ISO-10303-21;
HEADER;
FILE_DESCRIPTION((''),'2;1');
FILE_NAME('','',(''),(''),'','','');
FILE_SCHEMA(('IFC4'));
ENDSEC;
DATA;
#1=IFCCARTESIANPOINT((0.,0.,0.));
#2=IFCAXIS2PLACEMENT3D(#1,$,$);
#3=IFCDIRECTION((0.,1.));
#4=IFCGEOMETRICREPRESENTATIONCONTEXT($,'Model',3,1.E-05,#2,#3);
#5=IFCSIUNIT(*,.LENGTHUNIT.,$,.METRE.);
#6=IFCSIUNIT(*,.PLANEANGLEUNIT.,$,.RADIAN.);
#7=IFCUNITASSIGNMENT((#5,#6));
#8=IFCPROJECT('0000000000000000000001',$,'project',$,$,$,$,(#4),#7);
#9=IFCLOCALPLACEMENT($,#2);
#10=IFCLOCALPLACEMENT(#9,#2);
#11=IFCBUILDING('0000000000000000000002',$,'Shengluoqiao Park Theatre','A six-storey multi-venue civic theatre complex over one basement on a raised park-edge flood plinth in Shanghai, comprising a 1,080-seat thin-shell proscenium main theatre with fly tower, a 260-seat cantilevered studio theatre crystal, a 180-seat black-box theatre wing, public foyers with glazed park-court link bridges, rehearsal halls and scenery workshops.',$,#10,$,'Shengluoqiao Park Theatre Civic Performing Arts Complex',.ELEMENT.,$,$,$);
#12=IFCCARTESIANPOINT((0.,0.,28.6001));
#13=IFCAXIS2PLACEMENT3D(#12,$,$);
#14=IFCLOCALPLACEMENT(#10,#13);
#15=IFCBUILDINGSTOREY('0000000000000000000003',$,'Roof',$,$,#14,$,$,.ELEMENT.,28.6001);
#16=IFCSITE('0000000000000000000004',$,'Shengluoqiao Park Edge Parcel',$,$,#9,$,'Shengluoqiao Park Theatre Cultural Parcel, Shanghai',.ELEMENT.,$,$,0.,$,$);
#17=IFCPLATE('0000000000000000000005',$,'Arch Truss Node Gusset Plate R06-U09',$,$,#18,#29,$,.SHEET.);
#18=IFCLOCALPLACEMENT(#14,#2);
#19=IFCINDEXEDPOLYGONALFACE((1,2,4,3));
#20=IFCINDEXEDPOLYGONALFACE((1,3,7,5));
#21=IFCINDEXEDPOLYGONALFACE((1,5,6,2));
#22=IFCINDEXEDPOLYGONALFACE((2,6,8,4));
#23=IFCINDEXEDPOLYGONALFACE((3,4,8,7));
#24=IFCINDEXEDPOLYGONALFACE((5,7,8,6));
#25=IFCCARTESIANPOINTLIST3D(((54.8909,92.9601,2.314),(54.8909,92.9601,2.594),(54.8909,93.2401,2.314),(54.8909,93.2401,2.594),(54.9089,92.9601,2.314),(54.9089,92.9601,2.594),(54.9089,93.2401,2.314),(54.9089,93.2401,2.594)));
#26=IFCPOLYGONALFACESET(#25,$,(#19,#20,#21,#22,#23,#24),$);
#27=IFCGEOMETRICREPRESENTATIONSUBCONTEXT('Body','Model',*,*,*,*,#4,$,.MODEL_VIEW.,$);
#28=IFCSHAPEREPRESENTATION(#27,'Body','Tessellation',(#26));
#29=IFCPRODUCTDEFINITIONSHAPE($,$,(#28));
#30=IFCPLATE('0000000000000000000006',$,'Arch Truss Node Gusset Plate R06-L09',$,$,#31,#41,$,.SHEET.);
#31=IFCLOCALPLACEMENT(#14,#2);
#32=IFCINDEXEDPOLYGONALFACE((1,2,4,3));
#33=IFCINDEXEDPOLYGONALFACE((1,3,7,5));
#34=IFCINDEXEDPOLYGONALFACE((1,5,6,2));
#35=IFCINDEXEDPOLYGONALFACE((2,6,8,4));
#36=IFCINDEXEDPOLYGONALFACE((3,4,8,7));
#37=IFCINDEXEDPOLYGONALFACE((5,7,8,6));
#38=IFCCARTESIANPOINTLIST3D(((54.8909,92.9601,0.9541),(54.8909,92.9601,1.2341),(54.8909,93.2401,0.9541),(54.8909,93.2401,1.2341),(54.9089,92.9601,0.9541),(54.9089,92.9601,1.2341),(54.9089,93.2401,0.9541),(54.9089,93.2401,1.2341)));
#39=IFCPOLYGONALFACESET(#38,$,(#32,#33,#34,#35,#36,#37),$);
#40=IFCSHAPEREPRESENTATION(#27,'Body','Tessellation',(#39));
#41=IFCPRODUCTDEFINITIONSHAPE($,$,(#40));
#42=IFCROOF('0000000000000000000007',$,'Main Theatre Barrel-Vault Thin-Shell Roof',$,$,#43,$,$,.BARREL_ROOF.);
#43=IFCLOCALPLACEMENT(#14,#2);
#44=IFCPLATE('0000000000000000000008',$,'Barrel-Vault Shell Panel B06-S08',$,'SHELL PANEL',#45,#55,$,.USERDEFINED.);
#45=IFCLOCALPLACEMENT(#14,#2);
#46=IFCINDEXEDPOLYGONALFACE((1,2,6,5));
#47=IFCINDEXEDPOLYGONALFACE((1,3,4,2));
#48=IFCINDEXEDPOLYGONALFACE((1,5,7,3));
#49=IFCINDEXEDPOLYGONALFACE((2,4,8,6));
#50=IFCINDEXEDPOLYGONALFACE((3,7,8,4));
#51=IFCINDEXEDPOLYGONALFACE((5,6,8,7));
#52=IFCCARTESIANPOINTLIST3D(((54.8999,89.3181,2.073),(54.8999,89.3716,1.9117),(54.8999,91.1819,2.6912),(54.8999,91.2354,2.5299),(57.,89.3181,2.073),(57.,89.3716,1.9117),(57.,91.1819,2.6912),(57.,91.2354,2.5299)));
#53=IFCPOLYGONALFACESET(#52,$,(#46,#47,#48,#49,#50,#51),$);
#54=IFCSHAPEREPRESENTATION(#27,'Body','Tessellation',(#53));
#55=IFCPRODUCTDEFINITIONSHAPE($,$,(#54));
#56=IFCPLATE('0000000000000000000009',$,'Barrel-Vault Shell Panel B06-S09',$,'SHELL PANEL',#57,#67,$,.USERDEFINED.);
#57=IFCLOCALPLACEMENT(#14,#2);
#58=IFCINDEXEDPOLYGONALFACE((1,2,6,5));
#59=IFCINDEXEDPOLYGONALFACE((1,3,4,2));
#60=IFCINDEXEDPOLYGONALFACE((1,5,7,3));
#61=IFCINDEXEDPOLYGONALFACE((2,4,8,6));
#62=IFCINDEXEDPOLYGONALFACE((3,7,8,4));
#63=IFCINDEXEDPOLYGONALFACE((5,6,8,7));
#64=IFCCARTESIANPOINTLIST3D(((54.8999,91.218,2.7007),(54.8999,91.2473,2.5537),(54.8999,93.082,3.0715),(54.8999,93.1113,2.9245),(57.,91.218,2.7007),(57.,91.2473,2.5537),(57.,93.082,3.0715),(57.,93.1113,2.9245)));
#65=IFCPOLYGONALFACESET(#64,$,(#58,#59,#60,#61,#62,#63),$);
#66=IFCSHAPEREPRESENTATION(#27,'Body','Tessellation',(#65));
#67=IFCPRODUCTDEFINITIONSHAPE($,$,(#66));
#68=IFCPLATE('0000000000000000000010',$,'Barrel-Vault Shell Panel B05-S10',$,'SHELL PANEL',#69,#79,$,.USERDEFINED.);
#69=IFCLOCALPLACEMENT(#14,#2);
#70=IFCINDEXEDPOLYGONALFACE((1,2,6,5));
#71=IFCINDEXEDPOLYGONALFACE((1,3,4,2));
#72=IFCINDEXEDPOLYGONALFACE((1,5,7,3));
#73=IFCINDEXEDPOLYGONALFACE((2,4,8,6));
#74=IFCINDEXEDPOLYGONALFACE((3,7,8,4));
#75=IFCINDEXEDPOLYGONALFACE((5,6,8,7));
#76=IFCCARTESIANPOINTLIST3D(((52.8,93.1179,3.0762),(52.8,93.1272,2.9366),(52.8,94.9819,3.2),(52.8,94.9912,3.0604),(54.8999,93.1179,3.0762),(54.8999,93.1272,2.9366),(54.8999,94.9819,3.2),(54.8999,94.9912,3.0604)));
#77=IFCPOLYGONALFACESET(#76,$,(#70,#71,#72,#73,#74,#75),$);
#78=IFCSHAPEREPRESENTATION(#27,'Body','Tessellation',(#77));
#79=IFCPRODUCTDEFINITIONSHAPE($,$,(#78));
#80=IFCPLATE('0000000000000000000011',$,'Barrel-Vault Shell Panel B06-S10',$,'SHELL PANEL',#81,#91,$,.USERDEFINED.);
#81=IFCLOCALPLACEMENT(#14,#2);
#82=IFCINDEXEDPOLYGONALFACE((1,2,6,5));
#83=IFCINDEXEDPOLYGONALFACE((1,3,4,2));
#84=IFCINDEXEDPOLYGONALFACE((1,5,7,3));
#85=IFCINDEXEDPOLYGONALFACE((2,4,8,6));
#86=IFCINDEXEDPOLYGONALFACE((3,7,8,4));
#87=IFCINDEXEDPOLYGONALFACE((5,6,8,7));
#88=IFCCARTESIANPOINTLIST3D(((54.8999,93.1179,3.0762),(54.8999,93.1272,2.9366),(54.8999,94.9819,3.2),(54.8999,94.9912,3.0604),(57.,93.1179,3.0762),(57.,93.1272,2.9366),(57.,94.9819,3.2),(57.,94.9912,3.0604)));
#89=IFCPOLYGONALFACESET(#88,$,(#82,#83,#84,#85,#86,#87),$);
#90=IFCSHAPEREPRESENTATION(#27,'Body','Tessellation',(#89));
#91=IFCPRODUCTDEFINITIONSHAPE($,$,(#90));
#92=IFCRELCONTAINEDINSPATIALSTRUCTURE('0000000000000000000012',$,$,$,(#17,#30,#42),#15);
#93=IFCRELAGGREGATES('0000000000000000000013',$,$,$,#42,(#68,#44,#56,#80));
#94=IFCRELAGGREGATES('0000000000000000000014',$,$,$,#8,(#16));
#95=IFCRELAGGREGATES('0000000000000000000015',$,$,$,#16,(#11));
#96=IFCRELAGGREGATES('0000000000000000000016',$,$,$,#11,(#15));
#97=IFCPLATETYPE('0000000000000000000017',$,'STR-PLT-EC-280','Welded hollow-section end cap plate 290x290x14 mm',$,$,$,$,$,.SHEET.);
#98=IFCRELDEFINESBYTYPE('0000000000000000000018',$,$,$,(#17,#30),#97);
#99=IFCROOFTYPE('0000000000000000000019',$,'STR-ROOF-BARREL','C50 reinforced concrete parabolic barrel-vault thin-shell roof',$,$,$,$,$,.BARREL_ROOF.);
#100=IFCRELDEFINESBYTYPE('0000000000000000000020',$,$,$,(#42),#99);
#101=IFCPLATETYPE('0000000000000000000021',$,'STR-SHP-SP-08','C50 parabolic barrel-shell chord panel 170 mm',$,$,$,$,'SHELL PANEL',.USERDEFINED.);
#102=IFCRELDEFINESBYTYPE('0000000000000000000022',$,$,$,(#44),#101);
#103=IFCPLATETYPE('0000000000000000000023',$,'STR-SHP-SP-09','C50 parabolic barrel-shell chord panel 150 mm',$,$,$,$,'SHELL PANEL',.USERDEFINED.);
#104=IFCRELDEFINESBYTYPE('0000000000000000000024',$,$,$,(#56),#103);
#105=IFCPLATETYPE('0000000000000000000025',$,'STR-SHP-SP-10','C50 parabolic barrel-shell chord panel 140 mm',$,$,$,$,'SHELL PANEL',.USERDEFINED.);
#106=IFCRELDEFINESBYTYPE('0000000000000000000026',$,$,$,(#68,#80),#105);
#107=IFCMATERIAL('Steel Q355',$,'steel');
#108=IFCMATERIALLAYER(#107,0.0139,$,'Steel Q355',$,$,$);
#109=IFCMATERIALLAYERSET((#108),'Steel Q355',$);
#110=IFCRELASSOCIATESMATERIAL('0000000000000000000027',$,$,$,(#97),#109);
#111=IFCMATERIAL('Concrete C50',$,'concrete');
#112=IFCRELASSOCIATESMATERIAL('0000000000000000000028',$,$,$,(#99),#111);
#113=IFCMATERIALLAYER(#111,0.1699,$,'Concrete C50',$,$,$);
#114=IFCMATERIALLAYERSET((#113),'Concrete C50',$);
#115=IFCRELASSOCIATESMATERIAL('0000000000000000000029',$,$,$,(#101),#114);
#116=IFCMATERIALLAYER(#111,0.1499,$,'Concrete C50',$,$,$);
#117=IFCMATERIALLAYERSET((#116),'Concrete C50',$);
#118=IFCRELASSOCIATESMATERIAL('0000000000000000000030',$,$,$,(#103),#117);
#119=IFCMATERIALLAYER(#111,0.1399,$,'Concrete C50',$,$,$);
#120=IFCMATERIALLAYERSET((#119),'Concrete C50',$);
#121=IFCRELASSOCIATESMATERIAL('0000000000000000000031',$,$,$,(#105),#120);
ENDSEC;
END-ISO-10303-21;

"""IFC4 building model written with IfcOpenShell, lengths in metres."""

from ifc_helpers import new_model, si_unit, direction, frame, origin, origin_2d, place, context, subcontext, project, spatial, polyline, rectangle, outline, extrude, material, layer, layer_set, type_object, element, aggregate, save


model = new_model("IFC4")

# Units and contexts
model_context = context("Model", 3, precision=1e-05, world=origin(), true_north=direction((0.0, 1.0)))
body_context = subcontext(model_context, "Body", "Model", "MODEL_VIEW")
ifc_project = project(units=[si_unit("LENGTHUNIT", "METRE"), si_unit("PLANEANGLEUNIT", "RADIAN")], contexts=[model_context])

# Site, building, storey
site_placement = place(None, origin())
site = spatial("IfcSite", under=ifc_project, at=site_placement, Name="Shengluoqiao Park Edge Parcel", LongName="Shengluoqiao Park Theatre Cultural Parcel, Shanghai", CompositionType="ELEMENT", RefElevation=0.0)
building_placement = place(site_placement, origin())
building = spatial("IfcBuilding", under=site, at=building_placement, Name="Shengluoqiao Park Theatre", Description="A six-storey multi-venue civic theatre complex over one basement on a raised park-edge flood plinth in Shanghai, comprising a 1,080-seat thin-shell proscenium main theatre with fly tower, a 260-seat cantilevered studio theatre crystal, a 180-seat black-box theatre wing, public foyers with glazed park-court link bridges, rehearsal halls and scenery workshops.", LongName="Shengluoqiao Park Theatre Civic Performing Arts Complex", CompositionType="ELEMENT")
storey_placement = place(building_placement, frame((0.0, 0.0, 28.6001)))
storey = spatial("IfcBuildingStorey", under=building, at=storey_placement, Name="Roof", CompositionType="ELEMENT", Elevation=28.6001)

# Shared definitions
ifc_material_1 = material(Name="Concrete C50", Category="concrete")
ifc_material_2 = material(Name="Steel Q355", Category="steel")

# Plates
ifc_layer_1 = layer(ifc_material_2, 0.0139, Name="Steel Q355")
ifc_layer_set_1 = layer_set([ifc_layer_1], Name="Steel Q355")
plate_type_1 = type_object("IfcPlateType", Name="STR-PLT-EC-280", Description="Welded hollow-section end cap plate 290x290x14 mm", PredefinedType="SHEET", material=ifc_layer_set_1)
for number, where, z_axis, x_axis, name in (
    (1, (54.8999, 93.1001, 2.314), (0.0, 0.0, 1.0), (1.0, 0.0, 0.0), "Arch Truss Node Gusset Plate R06-U09"),
    (2, (54.8999, 93.1001, 0.9541), (0.0, 0.0, 1.0), (1.0, 0.0, 0.0), "Arch Truss Node Gusset Plate R06-L09"),
):
    element("IfcPlate", number, at=place(storey_placement, frame(where, z_axis=z_axis, x_axis=x_axis)), inside=storey, type_object=plate_type_1, Name=name, PredefinedType="SHEET", context=body_context, shape_type="SweptSolid", body=[
        extrude(rectangle(XDim=0.0181, YDim=0.28, at=origin_2d()), origin(), (0.0, 0.0, 1.0), 0.28),
    ])

# Roof, plates
roof_type = type_object("IfcRoofType", Name="STR-ROOF-BARREL", Description="C50 reinforced concrete parabolic barrel-vault thin-shell roof", PredefinedType="BARREL_ROOF", material=ifc_material_1)
roof_placement = place(storey_placement, origin())
roof = element("IfcRoof", 3, at=roof_placement, inside=storey, type_object=roof_type, Name="Main Theatre Barrel-Vault Thin-Shell Roof", PredefinedType="BARREL_ROOF")
ifc_layer_2 = layer(ifc_material_1, 0.1699, Name="Concrete C50")
ifc_layer_set_2 = layer_set([ifc_layer_2], Name="Concrete C50")
plate_type_2 = type_object("IfcPlateType", Name="STR-SHP-SP-08", Description="C50 parabolic barrel-shell chord panel 170 mm", ElementType="SHELL PANEL", PredefinedType="USERDEFINED", material=ifc_layer_set_2)
plate_1_placement = place(storey_placement, frame((54.8999, 89.3181, 2.073), z_axis=(0.0, -0.31481, 0.949155), x_axis=(1.0, 0.0, 0.0)))
plate_1 = element("IfcPlate", 4, at=plate_1_placement, type_object=plate_type_2, Name="Barrel-Vault Shell Panel B06-S08", ObjectType="SHELL PANEL", PredefinedType="USERDEFINED", context=body_context, shape_type="SweptSolid", body=[
    extrude(outline(polyline([(0.0, 0.0), (2.1001, 0.0), (2.1001, 1.9636), (0.0, 1.9636), (0.0, 0.0)])), origin(), (0.0, 0.0, -1.0), 0.1699),
])
ifc_layer_3 = layer(ifc_material_1, 0.1499, Name="Concrete C50")
ifc_layer_set_3 = layer_set([ifc_layer_3], Name="Concrete C50")
plate_type_3 = type_object("IfcPlateType", Name="STR-SHP-SP-09", Description="C50 parabolic barrel-shell chord panel 150 mm", ElementType="SHELL PANEL", PredefinedType="USERDEFINED", material=ifc_layer_set_3)
plate_2_placement = place(storey_placement, frame((54.8999, 91.218, 2.7007), z_axis=(0.0, -0.195128, 0.980778), x_axis=(1.0, 0.0, 0.0)))
plate_2 = element("IfcPlate", 5, at=plate_2_placement, type_object=plate_type_3, Name="Barrel-Vault Shell Panel B06-S09", ObjectType="SHELL PANEL", PredefinedType="USERDEFINED", context=body_context, shape_type="SweptSolid", body=[
    extrude(outline(polyline([(0.0, 0.0), (2.1001, 0.0), (2.1001, 1.9005), (0.0, 1.9005), (0.0, 0.0)])), origin(), (0.0, 0.0, -1.0), 0.1499),
])
ifc_layer_4 = layer(ifc_material_1, 0.1399, Name="Concrete C50")
ifc_layer_set_4 = layer_set([ifc_layer_4], Name="Concrete C50")
plate_type_4 = type_object("IfcPlateType", Name="STR-SHP-SP-10", Description="C50 parabolic barrel-shell chord panel 140 mm", ElementType="SHELL PANEL", PredefinedType="USERDEFINED", material=ifc_layer_set_4)
plate_3_placement = place(storey_placement, frame((52.8, 93.1179, 3.0762), z_axis=(0.0, -0.066259, 0.997802), x_axis=(1.0, 0.0, 0.0)))
plate_3 = element("IfcPlate", 6, at=plate_3_placement, type_object=plate_type_4, Name="Barrel-Vault Shell Panel B05-S10", ObjectType="SHELL PANEL", PredefinedType="USERDEFINED", context=body_context, shape_type="SweptSolid", body=[
    extrude(outline(polyline([(0.0, 0.0), (2.0999, 0.0), (2.0999, 1.8681), (0.0, 1.8681), (0.0, 0.0)])), origin(), (0.0, 0.0, -1.0), 0.1399),
])
plate_4_placement = place(storey_placement, frame((54.8999, 93.1179, 3.0762), z_axis=(0.0, -0.066259, 0.997802), x_axis=(1.0, 0.0, 0.0)))
plate_4 = element("IfcPlate", 7, at=plate_4_placement, type_object=plate_type_4, Name="Barrel-Vault Shell Panel B06-S10", ObjectType="SHELL PANEL", PredefinedType="USERDEFINED", context=body_context, shape_type="SweptSolid", body=[
    extrude(outline(polyline([(0.0, 0.0), (2.1001, 0.0), (2.1001, 1.8681), (0.0, 1.8681), (0.0, 0.0)])), origin(), (0.0, 0.0, -1.0), 0.1399),
])
aggregate(roof, [plate_3, plate_1, plate_2, plate_4])

save(model, "model.ifc")
